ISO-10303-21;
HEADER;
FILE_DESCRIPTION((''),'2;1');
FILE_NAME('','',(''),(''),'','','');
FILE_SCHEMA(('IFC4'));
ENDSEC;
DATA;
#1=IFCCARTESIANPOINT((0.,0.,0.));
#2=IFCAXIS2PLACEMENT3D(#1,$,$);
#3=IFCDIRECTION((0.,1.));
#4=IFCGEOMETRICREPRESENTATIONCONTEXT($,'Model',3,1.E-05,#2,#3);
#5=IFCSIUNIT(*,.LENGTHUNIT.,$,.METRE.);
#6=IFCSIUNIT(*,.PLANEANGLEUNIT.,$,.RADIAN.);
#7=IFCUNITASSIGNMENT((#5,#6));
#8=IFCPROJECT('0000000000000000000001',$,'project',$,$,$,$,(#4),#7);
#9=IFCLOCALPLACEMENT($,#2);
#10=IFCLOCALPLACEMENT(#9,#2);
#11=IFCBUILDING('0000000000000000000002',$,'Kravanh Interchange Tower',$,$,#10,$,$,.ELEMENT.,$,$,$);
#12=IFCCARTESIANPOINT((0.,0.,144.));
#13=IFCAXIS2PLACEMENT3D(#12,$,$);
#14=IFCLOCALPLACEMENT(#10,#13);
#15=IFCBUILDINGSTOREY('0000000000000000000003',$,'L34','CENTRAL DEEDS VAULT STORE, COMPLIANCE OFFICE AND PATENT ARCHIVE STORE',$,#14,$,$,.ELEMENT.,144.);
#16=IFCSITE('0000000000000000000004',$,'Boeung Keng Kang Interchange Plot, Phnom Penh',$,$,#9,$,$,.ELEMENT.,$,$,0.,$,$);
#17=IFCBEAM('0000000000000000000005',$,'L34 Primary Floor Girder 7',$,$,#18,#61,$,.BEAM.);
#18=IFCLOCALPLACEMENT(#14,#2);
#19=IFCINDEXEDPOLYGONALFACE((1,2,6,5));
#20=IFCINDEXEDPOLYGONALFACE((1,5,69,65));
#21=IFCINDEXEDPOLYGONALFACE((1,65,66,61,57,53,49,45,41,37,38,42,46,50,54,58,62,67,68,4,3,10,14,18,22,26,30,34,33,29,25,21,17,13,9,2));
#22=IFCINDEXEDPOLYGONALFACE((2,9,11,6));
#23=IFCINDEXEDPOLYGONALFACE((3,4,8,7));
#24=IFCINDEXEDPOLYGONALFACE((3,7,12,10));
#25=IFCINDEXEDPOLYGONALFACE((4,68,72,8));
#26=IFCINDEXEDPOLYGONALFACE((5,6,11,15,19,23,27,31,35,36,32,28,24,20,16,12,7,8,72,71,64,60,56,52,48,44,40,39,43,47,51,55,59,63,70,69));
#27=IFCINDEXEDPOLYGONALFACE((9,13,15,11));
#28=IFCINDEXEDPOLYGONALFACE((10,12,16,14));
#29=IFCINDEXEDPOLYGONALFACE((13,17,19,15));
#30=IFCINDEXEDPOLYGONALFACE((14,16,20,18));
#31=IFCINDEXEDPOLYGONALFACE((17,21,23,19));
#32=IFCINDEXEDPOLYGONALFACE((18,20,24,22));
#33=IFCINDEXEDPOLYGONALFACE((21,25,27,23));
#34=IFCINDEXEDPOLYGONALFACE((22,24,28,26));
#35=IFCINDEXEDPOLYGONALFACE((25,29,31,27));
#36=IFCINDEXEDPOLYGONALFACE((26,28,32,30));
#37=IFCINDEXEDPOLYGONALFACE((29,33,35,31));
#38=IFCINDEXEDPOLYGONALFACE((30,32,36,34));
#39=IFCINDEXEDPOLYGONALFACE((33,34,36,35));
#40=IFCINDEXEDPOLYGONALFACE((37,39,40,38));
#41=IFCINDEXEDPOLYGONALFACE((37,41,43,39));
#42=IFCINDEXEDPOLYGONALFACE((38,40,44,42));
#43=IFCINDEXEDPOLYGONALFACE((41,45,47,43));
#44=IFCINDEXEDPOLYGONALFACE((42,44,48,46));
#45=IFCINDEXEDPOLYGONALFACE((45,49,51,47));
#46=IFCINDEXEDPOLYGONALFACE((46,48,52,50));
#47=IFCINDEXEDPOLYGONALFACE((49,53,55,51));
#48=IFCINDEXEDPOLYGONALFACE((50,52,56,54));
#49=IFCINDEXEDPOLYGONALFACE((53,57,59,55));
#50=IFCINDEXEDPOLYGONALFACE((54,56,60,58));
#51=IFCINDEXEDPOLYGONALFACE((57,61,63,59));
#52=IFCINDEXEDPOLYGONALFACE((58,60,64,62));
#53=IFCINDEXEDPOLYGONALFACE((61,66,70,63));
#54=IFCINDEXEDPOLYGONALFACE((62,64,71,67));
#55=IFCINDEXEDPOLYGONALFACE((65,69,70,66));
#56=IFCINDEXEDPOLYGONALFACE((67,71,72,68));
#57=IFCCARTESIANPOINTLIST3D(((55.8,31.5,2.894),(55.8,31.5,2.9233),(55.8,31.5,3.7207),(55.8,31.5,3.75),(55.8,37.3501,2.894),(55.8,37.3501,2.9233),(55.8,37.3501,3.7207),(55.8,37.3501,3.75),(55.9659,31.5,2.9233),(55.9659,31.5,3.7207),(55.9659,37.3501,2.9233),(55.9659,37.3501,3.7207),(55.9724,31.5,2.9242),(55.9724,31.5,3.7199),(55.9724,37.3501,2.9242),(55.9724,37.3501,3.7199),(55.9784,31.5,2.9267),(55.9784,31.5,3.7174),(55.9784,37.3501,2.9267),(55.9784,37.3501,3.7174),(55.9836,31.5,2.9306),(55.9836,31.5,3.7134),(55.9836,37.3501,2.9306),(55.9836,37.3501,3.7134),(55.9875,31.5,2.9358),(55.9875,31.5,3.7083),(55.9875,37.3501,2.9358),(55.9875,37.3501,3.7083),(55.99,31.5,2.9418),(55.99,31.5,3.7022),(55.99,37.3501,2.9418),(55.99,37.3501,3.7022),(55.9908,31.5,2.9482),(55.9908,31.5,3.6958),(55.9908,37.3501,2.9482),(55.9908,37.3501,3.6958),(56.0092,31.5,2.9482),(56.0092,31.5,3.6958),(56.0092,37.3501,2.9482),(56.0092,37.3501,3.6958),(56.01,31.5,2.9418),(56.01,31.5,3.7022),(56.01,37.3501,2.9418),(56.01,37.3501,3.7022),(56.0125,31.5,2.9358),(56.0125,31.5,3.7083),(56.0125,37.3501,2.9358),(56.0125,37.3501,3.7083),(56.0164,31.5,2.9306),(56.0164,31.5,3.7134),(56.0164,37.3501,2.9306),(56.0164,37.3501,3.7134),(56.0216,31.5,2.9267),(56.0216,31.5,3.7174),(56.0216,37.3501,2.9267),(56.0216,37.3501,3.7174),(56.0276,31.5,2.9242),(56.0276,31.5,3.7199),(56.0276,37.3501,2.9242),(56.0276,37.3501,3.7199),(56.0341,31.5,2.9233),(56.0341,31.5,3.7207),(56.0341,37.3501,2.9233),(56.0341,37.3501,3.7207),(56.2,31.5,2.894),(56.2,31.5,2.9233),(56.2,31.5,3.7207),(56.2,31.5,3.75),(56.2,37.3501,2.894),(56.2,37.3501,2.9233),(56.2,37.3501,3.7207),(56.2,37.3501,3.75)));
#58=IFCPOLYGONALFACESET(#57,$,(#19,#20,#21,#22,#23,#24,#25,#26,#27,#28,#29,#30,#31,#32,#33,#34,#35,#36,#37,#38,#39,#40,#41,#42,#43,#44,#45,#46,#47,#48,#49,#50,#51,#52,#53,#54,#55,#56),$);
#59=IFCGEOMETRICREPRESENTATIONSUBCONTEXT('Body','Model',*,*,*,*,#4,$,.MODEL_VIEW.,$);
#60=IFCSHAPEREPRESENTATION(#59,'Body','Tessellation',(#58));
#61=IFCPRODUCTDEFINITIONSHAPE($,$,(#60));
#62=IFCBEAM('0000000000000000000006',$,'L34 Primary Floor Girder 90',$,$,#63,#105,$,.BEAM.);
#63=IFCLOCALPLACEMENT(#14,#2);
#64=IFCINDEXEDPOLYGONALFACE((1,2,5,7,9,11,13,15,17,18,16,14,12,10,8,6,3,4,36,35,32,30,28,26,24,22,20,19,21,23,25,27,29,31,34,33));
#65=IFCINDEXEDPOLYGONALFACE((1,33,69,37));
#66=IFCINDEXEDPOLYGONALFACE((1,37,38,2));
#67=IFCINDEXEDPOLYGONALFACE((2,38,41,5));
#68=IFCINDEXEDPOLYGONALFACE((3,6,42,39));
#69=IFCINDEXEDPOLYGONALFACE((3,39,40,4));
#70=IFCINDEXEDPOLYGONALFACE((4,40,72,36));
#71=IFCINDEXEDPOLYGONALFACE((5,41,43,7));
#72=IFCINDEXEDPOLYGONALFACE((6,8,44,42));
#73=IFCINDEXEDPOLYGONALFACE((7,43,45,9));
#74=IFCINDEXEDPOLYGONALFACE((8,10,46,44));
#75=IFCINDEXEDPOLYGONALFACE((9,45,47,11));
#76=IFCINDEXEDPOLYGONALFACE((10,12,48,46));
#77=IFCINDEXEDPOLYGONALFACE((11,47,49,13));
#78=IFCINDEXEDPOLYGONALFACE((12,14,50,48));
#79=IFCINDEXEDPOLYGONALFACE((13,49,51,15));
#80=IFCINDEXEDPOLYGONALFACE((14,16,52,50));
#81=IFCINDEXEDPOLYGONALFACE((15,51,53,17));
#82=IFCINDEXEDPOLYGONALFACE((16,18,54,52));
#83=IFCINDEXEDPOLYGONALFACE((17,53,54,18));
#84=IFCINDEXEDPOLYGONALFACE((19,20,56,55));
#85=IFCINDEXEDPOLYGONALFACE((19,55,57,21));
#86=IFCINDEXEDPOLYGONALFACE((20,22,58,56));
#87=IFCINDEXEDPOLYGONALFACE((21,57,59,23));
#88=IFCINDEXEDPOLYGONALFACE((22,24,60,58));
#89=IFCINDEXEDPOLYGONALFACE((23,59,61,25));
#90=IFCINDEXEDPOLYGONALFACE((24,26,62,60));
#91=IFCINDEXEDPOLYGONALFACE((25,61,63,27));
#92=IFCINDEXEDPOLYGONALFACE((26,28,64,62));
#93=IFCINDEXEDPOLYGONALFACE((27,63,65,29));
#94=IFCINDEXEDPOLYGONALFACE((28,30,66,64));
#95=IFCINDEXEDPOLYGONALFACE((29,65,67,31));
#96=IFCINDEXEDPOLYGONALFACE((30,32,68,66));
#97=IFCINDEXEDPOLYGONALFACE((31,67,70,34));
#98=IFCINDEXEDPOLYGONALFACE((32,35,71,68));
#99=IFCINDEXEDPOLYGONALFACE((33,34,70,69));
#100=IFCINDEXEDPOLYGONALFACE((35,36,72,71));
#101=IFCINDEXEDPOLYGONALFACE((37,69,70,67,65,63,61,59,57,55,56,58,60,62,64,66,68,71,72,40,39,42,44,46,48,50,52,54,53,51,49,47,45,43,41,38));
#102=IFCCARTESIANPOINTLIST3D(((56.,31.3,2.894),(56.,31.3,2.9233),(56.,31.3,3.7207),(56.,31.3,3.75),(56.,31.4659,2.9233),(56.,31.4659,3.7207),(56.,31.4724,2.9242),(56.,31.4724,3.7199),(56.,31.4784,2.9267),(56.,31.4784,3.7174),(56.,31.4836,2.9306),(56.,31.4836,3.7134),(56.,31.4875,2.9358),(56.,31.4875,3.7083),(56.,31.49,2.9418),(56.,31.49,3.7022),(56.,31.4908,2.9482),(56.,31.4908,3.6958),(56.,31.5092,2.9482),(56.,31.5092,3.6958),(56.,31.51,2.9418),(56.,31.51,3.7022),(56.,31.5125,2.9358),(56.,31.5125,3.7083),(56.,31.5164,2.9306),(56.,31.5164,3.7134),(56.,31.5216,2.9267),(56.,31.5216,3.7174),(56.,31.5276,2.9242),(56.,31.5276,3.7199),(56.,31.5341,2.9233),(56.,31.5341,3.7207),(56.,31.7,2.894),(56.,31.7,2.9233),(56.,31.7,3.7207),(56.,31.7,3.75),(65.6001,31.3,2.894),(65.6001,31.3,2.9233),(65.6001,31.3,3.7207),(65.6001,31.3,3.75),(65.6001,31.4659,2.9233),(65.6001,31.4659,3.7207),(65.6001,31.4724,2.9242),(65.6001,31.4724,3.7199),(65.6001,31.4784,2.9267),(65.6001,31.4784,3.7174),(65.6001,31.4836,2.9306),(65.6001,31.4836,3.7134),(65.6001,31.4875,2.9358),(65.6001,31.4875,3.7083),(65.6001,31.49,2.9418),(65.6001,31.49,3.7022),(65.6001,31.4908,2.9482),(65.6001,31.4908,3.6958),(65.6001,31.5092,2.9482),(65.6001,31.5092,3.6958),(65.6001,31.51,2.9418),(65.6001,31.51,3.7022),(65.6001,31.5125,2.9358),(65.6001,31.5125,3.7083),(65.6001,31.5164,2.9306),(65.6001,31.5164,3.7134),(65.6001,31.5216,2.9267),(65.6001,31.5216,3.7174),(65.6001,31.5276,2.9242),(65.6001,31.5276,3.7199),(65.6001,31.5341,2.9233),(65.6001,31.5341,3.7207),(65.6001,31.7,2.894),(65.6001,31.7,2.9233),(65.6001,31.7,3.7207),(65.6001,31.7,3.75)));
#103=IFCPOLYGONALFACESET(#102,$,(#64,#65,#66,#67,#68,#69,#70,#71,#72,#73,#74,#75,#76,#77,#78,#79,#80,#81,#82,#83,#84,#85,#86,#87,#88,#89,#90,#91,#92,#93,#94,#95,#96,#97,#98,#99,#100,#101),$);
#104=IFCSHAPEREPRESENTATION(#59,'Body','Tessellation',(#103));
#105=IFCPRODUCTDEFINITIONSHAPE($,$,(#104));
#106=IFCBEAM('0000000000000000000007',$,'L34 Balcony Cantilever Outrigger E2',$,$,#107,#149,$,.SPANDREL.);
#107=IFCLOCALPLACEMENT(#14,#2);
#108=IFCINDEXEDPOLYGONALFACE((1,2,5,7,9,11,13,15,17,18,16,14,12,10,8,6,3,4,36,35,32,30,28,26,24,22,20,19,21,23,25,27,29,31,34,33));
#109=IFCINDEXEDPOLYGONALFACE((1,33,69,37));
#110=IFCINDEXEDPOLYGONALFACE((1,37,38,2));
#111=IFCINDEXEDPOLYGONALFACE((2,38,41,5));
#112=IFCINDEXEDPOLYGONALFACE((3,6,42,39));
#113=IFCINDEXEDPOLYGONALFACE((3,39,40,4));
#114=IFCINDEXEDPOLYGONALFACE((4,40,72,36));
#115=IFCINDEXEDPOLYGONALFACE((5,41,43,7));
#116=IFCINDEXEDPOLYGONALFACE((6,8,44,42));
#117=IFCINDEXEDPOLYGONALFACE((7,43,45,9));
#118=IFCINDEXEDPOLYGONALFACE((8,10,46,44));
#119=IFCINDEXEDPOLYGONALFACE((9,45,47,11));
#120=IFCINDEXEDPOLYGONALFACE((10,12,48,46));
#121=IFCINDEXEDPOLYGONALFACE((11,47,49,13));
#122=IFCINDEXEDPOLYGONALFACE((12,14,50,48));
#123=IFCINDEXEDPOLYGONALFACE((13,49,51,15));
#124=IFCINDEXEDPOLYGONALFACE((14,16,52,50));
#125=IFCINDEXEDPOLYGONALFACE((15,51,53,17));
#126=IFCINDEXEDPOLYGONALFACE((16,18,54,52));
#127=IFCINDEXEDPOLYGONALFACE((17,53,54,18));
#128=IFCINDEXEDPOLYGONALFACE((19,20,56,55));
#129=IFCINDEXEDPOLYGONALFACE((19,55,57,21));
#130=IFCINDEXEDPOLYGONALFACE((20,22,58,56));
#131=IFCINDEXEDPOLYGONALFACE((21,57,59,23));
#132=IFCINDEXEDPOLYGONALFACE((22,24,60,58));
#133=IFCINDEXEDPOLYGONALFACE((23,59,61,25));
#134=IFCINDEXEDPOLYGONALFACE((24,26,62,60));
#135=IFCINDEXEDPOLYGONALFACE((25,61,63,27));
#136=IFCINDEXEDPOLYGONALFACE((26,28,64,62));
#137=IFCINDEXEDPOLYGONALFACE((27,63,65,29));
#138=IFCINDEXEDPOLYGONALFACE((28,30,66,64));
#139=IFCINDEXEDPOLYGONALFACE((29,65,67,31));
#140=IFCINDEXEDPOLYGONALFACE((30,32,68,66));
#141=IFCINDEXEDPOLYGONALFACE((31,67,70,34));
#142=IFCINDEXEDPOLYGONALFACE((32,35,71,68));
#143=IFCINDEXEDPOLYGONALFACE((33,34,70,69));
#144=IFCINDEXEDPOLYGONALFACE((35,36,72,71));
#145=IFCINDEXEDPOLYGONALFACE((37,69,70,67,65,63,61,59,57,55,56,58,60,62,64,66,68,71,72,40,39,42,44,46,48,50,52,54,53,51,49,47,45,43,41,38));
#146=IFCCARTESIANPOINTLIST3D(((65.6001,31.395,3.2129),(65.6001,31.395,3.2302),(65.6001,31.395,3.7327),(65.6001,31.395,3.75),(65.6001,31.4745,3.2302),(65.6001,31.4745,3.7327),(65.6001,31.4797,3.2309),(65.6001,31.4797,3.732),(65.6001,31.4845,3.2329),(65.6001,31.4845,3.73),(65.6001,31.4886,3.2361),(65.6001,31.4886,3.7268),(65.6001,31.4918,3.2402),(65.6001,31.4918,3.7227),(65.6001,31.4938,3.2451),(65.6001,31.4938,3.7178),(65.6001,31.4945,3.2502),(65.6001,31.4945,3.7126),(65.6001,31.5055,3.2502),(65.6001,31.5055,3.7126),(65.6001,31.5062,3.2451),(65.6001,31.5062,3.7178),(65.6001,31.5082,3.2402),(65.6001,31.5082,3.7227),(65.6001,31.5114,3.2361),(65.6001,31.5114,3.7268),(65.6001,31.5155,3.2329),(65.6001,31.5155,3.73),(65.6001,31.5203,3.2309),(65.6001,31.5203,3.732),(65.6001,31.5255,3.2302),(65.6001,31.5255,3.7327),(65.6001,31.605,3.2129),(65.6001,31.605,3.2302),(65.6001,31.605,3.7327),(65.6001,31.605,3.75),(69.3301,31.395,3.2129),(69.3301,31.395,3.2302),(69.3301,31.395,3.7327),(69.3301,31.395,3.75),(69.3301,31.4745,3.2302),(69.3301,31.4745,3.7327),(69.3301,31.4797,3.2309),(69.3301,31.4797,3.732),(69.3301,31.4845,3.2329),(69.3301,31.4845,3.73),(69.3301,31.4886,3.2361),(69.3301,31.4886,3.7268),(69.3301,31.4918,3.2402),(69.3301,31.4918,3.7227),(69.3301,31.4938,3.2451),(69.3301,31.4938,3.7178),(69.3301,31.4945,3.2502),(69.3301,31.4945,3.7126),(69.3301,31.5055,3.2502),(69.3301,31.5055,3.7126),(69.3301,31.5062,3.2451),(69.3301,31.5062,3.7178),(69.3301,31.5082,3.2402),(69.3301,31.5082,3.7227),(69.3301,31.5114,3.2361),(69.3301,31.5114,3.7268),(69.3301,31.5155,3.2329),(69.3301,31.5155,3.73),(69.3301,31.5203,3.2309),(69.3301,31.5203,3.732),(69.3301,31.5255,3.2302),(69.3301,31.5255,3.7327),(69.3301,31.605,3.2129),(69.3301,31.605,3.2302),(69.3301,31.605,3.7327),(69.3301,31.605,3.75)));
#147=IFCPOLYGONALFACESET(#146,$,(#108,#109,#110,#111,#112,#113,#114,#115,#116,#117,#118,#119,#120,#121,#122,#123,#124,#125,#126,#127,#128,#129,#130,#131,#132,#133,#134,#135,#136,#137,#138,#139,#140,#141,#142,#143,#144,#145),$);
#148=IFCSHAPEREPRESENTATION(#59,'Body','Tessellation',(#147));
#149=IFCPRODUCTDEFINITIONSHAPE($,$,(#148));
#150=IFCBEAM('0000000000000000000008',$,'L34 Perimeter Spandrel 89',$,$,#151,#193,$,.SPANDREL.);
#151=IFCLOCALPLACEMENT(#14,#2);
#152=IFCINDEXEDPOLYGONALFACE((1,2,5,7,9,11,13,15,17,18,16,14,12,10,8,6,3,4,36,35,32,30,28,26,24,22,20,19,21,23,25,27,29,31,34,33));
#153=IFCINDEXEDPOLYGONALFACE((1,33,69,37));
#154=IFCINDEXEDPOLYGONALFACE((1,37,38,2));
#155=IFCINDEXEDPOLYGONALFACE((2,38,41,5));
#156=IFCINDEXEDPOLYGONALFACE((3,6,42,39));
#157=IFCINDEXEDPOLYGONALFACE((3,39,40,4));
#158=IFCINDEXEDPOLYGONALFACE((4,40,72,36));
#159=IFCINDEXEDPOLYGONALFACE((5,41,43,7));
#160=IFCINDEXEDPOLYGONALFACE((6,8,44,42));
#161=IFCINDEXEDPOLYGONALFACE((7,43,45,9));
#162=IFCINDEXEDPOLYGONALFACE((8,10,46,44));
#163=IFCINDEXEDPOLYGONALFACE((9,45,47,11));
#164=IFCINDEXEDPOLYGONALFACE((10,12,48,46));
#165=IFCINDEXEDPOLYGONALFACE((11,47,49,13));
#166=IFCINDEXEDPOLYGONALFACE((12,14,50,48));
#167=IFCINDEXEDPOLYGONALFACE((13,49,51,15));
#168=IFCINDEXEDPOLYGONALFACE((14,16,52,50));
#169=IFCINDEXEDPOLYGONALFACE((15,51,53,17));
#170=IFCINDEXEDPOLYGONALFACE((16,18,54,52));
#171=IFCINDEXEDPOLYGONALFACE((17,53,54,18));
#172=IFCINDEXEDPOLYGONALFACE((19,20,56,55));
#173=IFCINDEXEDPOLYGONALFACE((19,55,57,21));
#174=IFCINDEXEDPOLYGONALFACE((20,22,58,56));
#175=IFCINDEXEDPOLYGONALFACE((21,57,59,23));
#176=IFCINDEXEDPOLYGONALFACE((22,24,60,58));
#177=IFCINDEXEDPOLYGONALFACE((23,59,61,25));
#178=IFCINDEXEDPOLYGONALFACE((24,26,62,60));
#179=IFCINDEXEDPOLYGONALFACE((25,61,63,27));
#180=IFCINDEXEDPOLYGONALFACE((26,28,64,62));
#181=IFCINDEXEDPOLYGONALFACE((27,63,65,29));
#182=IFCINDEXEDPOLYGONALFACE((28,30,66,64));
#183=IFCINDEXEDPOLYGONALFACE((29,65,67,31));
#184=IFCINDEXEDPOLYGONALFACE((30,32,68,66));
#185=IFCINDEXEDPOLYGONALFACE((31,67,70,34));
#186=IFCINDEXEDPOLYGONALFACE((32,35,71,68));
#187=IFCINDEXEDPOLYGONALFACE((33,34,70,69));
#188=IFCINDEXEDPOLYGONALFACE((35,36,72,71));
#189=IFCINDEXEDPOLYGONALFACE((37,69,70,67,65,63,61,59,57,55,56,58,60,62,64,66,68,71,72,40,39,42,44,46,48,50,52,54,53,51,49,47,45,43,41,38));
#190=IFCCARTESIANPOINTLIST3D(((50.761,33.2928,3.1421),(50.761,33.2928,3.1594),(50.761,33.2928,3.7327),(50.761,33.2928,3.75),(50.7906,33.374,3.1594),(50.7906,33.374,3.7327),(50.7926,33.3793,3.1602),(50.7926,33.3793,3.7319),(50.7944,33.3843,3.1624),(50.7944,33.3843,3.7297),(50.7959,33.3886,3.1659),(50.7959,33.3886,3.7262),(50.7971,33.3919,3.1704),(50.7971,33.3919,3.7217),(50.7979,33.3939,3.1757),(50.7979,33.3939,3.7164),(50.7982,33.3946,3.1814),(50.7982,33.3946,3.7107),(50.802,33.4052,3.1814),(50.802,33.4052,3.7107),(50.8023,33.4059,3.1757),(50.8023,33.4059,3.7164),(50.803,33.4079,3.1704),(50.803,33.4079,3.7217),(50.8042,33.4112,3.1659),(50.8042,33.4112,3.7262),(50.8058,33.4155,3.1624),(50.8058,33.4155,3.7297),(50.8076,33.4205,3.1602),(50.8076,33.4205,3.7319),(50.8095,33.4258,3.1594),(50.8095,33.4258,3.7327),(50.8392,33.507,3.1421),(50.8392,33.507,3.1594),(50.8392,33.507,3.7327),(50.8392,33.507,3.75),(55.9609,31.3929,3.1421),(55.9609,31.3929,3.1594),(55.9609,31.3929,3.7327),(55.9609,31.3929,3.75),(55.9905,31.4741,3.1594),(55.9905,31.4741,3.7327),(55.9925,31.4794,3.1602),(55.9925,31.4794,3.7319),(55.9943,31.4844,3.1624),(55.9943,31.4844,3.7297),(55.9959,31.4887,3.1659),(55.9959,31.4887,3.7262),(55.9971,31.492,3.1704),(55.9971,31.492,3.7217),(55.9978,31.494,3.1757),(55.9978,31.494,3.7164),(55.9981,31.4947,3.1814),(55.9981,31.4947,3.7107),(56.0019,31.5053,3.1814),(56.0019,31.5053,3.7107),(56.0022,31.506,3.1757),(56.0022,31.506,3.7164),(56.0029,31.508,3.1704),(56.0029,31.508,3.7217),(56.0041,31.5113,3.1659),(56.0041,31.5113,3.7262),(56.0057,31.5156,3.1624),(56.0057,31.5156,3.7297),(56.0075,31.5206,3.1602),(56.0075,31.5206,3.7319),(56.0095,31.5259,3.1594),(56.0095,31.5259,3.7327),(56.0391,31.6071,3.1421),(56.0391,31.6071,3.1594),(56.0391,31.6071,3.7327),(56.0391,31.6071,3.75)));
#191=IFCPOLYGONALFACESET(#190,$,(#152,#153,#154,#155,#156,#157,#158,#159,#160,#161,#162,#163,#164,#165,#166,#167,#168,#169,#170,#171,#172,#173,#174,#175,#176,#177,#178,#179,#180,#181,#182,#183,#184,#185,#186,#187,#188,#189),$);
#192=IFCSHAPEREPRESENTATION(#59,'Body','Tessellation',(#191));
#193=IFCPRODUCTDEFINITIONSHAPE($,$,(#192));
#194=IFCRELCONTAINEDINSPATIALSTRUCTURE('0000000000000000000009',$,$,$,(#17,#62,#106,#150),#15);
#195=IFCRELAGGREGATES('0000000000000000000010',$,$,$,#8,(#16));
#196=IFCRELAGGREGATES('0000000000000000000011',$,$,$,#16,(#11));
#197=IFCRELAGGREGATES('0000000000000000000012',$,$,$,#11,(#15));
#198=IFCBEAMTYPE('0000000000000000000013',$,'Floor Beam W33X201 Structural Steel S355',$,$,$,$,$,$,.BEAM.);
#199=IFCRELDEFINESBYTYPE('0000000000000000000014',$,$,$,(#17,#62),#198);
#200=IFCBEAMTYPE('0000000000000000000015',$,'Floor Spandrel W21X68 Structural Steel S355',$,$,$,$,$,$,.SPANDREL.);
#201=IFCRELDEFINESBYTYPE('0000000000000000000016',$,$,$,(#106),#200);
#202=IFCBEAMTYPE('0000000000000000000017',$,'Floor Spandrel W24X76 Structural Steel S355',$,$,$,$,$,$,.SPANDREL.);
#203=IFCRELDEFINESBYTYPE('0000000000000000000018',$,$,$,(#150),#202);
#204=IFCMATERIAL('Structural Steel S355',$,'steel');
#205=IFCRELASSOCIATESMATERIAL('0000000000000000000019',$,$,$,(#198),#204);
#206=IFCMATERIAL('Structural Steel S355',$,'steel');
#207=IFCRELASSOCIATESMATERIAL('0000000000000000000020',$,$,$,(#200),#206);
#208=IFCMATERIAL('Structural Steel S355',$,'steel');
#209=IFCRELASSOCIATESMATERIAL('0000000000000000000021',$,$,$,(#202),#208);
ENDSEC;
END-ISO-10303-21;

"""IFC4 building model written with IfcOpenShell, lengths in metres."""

from ifc_helpers import new_model, si_unit, direction, frame, origin, origin_2d, place, context, subcontext, project, spatial, i_section, extrude, material, material_profile, profile_set, type_object, element, save


model = new_model("IFC4")

# Units and contexts
model_context = context("Model", 3, precision=1e-05, world=origin(), true_north=direction((0.0, 1.0)))
body_context = subcontext(model_context, "Body", "Model", "MODEL_VIEW")
ifc_project = project(units=[si_unit("LENGTHUNIT", "METRE"), si_unit("PLANEANGLEUNIT", "RADIAN")], contexts=[model_context])

# Site, building, storey
site_placement = place(None, origin())
site = spatial("IfcSite", under=ifc_project, at=site_placement, Name="Boeung Keng Kang Interchange Plot, Phnom Penh", CompositionType="ELEMENT", RefElevation=0.0)
building_placement = place(site_placement, origin())
building = spatial("IfcBuilding", under=site, at=building_placement, Name="Kravanh Interchange Tower", CompositionType="ELEMENT")
storey_placement = place(building_placement, frame((0.0, 0.0, 144.0)))
storey = spatial("IfcBuildingStorey", under=building, at=storey_placement, Name="L34", Description="CENTRAL DEEDS VAULT STORE, COMPLIANCE OFFICE AND PATENT ARCHIVE STORE", CompositionType="ELEMENT", Elevation=144.0)

# Beams
ifc_material_1 = material(Name="Structural Steel S355", Category="steel")
ifc_material_profile_1 = material_profile(ifc_material_1, i_section(OverallWidth=0.3999, OverallDepth=0.856, WebThickness=0.0183, FlangeThickness=0.0293, FilletRadius=0.0249, at=origin_2d()), Name="W33X201")
ifc_profile_set_1 = profile_set([ifc_material_profile_1], Name="Structural Steel S355")
beam_type_1 = type_object("IfcBeamType", Name="Floor Beam W33X201 Structural Steel S355", PredefinedType="BEAM", material=ifc_profile_set_1)
beam_1_placement = place(storey_placement, frame((56.0, 37.3501, 3.322), z_axis=(0.0, -1.0, 0.0), x_axis=(1.0, 0.0, 0.0)))
element("IfcBeam", 1, at=beam_1_placement, inside=storey, type_object=beam_type_1, Name="L34 Primary Floor Girder 7", PredefinedType="BEAM", context=body_context, shape_type="SweptSolid", body=[
    extrude(i_section(OverallWidth=0.3999, OverallDepth=0.856, WebThickness=0.0183, FlangeThickness=0.0293, FilletRadius=0.0249, at=origin_2d()), origin(), (0.0, 0.0, 1.0), 5.8501),
])
beam_2_placement = place(storey_placement, frame((56.0, 31.5, 3.322), z_axis=(1.0, 0.0, 0.0), x_axis=(0.0, 1.0, 0.0)))
element("IfcBeam", 2, at=beam_2_placement, inside=storey, type_object=beam_type_1, Name="L34 Primary Floor Girder 90", PredefinedType="BEAM", context=body_context, shape_type="SweptSolid", body=[
    extrude(i_section(OverallWidth=0.3999, OverallDepth=0.856, WebThickness=0.0183, FlangeThickness=0.0293, FilletRadius=0.0249, at=origin_2d()), origin(), (0.0, 0.0, 1.0), 9.6001),
])
ifc_material_2 = material(Name="Structural Steel S355", Category="steel")
ifc_material_profile_2 = material_profile(ifc_material_2, i_section(OverallWidth=0.21, OverallDepth=0.5371, WebThickness=0.011, FlangeThickness=0.0173, FilletRadius=0.02, at=origin_2d()), Name="W21X68")
ifc_profile_set_2 = profile_set([ifc_material_profile_2], Name="Structural Steel S355")
beam_type_2 = type_object("IfcBeamType", Name="Floor Spandrel W21X68 Structural Steel S355", PredefinedType="SPANDREL", material=ifc_profile_set_2)
beam_3_placement = place(storey_placement, frame((65.6001, 31.5, 3.4814), z_axis=(1.0, 0.0, 0.0), x_axis=(0.0, 1.0, 0.0)))
element("IfcBeam", 3, at=beam_3_placement, inside=storey, type_object=beam_type_2, Name="L34 Balcony Cantilever Outrigger E2", PredefinedType="SPANDREL", context=body_context, shape_type="SweptSolid", body=[
    extrude(i_section(OverallWidth=0.21, OverallDepth=0.5371, WebThickness=0.011, FlangeThickness=0.0173, FilletRadius=0.02, at=origin_2d()), origin(), (0.0, 0.0, 1.0), 3.73),
])
ifc_material_3 = material(Name="Structural Steel S355", Category="steel")
ifc_material_profile_3 = material_profile(ifc_material_3, i_section(OverallWidth=0.228, OverallDepth=0.6079, WebThickness=0.0112, FlangeThickness=0.0173, FilletRadius=0.022, at=origin_2d()), Name="W24X76")
ifc_profile_set_3 = profile_set([ifc_material_profile_3], Name="Structural Steel S355")
beam_type_3 = type_object("IfcBeamType", Name="Floor Spandrel W24X76 Structural Steel S355", PredefinedType="SPANDREL", material=ifc_profile_set_3)
beam_4_placement = place(storey_placement, frame((56.0, 31.5, 3.446), z_axis=(-0.93927, 0.34318, 0.0), x_axis=(-0.34318, -0.93927, 0.0)))
element("IfcBeam", 4, at=beam_4_placement, inside=storey, type_object=beam_type_3, Name="L34 Perimeter Spandrel 89", PredefinedType="SPANDREL", context=body_context, shape_type="SweptSolid", body=[
    extrude(i_section(OverallWidth=0.228, OverallDepth=0.6079, WebThickness=0.0112, FlangeThickness=0.0173, FilletRadius=0.022, at=origin_2d()), origin(), (0.0, 0.0, 1.0), 5.5361),
])

save(model, "model.ifc")
